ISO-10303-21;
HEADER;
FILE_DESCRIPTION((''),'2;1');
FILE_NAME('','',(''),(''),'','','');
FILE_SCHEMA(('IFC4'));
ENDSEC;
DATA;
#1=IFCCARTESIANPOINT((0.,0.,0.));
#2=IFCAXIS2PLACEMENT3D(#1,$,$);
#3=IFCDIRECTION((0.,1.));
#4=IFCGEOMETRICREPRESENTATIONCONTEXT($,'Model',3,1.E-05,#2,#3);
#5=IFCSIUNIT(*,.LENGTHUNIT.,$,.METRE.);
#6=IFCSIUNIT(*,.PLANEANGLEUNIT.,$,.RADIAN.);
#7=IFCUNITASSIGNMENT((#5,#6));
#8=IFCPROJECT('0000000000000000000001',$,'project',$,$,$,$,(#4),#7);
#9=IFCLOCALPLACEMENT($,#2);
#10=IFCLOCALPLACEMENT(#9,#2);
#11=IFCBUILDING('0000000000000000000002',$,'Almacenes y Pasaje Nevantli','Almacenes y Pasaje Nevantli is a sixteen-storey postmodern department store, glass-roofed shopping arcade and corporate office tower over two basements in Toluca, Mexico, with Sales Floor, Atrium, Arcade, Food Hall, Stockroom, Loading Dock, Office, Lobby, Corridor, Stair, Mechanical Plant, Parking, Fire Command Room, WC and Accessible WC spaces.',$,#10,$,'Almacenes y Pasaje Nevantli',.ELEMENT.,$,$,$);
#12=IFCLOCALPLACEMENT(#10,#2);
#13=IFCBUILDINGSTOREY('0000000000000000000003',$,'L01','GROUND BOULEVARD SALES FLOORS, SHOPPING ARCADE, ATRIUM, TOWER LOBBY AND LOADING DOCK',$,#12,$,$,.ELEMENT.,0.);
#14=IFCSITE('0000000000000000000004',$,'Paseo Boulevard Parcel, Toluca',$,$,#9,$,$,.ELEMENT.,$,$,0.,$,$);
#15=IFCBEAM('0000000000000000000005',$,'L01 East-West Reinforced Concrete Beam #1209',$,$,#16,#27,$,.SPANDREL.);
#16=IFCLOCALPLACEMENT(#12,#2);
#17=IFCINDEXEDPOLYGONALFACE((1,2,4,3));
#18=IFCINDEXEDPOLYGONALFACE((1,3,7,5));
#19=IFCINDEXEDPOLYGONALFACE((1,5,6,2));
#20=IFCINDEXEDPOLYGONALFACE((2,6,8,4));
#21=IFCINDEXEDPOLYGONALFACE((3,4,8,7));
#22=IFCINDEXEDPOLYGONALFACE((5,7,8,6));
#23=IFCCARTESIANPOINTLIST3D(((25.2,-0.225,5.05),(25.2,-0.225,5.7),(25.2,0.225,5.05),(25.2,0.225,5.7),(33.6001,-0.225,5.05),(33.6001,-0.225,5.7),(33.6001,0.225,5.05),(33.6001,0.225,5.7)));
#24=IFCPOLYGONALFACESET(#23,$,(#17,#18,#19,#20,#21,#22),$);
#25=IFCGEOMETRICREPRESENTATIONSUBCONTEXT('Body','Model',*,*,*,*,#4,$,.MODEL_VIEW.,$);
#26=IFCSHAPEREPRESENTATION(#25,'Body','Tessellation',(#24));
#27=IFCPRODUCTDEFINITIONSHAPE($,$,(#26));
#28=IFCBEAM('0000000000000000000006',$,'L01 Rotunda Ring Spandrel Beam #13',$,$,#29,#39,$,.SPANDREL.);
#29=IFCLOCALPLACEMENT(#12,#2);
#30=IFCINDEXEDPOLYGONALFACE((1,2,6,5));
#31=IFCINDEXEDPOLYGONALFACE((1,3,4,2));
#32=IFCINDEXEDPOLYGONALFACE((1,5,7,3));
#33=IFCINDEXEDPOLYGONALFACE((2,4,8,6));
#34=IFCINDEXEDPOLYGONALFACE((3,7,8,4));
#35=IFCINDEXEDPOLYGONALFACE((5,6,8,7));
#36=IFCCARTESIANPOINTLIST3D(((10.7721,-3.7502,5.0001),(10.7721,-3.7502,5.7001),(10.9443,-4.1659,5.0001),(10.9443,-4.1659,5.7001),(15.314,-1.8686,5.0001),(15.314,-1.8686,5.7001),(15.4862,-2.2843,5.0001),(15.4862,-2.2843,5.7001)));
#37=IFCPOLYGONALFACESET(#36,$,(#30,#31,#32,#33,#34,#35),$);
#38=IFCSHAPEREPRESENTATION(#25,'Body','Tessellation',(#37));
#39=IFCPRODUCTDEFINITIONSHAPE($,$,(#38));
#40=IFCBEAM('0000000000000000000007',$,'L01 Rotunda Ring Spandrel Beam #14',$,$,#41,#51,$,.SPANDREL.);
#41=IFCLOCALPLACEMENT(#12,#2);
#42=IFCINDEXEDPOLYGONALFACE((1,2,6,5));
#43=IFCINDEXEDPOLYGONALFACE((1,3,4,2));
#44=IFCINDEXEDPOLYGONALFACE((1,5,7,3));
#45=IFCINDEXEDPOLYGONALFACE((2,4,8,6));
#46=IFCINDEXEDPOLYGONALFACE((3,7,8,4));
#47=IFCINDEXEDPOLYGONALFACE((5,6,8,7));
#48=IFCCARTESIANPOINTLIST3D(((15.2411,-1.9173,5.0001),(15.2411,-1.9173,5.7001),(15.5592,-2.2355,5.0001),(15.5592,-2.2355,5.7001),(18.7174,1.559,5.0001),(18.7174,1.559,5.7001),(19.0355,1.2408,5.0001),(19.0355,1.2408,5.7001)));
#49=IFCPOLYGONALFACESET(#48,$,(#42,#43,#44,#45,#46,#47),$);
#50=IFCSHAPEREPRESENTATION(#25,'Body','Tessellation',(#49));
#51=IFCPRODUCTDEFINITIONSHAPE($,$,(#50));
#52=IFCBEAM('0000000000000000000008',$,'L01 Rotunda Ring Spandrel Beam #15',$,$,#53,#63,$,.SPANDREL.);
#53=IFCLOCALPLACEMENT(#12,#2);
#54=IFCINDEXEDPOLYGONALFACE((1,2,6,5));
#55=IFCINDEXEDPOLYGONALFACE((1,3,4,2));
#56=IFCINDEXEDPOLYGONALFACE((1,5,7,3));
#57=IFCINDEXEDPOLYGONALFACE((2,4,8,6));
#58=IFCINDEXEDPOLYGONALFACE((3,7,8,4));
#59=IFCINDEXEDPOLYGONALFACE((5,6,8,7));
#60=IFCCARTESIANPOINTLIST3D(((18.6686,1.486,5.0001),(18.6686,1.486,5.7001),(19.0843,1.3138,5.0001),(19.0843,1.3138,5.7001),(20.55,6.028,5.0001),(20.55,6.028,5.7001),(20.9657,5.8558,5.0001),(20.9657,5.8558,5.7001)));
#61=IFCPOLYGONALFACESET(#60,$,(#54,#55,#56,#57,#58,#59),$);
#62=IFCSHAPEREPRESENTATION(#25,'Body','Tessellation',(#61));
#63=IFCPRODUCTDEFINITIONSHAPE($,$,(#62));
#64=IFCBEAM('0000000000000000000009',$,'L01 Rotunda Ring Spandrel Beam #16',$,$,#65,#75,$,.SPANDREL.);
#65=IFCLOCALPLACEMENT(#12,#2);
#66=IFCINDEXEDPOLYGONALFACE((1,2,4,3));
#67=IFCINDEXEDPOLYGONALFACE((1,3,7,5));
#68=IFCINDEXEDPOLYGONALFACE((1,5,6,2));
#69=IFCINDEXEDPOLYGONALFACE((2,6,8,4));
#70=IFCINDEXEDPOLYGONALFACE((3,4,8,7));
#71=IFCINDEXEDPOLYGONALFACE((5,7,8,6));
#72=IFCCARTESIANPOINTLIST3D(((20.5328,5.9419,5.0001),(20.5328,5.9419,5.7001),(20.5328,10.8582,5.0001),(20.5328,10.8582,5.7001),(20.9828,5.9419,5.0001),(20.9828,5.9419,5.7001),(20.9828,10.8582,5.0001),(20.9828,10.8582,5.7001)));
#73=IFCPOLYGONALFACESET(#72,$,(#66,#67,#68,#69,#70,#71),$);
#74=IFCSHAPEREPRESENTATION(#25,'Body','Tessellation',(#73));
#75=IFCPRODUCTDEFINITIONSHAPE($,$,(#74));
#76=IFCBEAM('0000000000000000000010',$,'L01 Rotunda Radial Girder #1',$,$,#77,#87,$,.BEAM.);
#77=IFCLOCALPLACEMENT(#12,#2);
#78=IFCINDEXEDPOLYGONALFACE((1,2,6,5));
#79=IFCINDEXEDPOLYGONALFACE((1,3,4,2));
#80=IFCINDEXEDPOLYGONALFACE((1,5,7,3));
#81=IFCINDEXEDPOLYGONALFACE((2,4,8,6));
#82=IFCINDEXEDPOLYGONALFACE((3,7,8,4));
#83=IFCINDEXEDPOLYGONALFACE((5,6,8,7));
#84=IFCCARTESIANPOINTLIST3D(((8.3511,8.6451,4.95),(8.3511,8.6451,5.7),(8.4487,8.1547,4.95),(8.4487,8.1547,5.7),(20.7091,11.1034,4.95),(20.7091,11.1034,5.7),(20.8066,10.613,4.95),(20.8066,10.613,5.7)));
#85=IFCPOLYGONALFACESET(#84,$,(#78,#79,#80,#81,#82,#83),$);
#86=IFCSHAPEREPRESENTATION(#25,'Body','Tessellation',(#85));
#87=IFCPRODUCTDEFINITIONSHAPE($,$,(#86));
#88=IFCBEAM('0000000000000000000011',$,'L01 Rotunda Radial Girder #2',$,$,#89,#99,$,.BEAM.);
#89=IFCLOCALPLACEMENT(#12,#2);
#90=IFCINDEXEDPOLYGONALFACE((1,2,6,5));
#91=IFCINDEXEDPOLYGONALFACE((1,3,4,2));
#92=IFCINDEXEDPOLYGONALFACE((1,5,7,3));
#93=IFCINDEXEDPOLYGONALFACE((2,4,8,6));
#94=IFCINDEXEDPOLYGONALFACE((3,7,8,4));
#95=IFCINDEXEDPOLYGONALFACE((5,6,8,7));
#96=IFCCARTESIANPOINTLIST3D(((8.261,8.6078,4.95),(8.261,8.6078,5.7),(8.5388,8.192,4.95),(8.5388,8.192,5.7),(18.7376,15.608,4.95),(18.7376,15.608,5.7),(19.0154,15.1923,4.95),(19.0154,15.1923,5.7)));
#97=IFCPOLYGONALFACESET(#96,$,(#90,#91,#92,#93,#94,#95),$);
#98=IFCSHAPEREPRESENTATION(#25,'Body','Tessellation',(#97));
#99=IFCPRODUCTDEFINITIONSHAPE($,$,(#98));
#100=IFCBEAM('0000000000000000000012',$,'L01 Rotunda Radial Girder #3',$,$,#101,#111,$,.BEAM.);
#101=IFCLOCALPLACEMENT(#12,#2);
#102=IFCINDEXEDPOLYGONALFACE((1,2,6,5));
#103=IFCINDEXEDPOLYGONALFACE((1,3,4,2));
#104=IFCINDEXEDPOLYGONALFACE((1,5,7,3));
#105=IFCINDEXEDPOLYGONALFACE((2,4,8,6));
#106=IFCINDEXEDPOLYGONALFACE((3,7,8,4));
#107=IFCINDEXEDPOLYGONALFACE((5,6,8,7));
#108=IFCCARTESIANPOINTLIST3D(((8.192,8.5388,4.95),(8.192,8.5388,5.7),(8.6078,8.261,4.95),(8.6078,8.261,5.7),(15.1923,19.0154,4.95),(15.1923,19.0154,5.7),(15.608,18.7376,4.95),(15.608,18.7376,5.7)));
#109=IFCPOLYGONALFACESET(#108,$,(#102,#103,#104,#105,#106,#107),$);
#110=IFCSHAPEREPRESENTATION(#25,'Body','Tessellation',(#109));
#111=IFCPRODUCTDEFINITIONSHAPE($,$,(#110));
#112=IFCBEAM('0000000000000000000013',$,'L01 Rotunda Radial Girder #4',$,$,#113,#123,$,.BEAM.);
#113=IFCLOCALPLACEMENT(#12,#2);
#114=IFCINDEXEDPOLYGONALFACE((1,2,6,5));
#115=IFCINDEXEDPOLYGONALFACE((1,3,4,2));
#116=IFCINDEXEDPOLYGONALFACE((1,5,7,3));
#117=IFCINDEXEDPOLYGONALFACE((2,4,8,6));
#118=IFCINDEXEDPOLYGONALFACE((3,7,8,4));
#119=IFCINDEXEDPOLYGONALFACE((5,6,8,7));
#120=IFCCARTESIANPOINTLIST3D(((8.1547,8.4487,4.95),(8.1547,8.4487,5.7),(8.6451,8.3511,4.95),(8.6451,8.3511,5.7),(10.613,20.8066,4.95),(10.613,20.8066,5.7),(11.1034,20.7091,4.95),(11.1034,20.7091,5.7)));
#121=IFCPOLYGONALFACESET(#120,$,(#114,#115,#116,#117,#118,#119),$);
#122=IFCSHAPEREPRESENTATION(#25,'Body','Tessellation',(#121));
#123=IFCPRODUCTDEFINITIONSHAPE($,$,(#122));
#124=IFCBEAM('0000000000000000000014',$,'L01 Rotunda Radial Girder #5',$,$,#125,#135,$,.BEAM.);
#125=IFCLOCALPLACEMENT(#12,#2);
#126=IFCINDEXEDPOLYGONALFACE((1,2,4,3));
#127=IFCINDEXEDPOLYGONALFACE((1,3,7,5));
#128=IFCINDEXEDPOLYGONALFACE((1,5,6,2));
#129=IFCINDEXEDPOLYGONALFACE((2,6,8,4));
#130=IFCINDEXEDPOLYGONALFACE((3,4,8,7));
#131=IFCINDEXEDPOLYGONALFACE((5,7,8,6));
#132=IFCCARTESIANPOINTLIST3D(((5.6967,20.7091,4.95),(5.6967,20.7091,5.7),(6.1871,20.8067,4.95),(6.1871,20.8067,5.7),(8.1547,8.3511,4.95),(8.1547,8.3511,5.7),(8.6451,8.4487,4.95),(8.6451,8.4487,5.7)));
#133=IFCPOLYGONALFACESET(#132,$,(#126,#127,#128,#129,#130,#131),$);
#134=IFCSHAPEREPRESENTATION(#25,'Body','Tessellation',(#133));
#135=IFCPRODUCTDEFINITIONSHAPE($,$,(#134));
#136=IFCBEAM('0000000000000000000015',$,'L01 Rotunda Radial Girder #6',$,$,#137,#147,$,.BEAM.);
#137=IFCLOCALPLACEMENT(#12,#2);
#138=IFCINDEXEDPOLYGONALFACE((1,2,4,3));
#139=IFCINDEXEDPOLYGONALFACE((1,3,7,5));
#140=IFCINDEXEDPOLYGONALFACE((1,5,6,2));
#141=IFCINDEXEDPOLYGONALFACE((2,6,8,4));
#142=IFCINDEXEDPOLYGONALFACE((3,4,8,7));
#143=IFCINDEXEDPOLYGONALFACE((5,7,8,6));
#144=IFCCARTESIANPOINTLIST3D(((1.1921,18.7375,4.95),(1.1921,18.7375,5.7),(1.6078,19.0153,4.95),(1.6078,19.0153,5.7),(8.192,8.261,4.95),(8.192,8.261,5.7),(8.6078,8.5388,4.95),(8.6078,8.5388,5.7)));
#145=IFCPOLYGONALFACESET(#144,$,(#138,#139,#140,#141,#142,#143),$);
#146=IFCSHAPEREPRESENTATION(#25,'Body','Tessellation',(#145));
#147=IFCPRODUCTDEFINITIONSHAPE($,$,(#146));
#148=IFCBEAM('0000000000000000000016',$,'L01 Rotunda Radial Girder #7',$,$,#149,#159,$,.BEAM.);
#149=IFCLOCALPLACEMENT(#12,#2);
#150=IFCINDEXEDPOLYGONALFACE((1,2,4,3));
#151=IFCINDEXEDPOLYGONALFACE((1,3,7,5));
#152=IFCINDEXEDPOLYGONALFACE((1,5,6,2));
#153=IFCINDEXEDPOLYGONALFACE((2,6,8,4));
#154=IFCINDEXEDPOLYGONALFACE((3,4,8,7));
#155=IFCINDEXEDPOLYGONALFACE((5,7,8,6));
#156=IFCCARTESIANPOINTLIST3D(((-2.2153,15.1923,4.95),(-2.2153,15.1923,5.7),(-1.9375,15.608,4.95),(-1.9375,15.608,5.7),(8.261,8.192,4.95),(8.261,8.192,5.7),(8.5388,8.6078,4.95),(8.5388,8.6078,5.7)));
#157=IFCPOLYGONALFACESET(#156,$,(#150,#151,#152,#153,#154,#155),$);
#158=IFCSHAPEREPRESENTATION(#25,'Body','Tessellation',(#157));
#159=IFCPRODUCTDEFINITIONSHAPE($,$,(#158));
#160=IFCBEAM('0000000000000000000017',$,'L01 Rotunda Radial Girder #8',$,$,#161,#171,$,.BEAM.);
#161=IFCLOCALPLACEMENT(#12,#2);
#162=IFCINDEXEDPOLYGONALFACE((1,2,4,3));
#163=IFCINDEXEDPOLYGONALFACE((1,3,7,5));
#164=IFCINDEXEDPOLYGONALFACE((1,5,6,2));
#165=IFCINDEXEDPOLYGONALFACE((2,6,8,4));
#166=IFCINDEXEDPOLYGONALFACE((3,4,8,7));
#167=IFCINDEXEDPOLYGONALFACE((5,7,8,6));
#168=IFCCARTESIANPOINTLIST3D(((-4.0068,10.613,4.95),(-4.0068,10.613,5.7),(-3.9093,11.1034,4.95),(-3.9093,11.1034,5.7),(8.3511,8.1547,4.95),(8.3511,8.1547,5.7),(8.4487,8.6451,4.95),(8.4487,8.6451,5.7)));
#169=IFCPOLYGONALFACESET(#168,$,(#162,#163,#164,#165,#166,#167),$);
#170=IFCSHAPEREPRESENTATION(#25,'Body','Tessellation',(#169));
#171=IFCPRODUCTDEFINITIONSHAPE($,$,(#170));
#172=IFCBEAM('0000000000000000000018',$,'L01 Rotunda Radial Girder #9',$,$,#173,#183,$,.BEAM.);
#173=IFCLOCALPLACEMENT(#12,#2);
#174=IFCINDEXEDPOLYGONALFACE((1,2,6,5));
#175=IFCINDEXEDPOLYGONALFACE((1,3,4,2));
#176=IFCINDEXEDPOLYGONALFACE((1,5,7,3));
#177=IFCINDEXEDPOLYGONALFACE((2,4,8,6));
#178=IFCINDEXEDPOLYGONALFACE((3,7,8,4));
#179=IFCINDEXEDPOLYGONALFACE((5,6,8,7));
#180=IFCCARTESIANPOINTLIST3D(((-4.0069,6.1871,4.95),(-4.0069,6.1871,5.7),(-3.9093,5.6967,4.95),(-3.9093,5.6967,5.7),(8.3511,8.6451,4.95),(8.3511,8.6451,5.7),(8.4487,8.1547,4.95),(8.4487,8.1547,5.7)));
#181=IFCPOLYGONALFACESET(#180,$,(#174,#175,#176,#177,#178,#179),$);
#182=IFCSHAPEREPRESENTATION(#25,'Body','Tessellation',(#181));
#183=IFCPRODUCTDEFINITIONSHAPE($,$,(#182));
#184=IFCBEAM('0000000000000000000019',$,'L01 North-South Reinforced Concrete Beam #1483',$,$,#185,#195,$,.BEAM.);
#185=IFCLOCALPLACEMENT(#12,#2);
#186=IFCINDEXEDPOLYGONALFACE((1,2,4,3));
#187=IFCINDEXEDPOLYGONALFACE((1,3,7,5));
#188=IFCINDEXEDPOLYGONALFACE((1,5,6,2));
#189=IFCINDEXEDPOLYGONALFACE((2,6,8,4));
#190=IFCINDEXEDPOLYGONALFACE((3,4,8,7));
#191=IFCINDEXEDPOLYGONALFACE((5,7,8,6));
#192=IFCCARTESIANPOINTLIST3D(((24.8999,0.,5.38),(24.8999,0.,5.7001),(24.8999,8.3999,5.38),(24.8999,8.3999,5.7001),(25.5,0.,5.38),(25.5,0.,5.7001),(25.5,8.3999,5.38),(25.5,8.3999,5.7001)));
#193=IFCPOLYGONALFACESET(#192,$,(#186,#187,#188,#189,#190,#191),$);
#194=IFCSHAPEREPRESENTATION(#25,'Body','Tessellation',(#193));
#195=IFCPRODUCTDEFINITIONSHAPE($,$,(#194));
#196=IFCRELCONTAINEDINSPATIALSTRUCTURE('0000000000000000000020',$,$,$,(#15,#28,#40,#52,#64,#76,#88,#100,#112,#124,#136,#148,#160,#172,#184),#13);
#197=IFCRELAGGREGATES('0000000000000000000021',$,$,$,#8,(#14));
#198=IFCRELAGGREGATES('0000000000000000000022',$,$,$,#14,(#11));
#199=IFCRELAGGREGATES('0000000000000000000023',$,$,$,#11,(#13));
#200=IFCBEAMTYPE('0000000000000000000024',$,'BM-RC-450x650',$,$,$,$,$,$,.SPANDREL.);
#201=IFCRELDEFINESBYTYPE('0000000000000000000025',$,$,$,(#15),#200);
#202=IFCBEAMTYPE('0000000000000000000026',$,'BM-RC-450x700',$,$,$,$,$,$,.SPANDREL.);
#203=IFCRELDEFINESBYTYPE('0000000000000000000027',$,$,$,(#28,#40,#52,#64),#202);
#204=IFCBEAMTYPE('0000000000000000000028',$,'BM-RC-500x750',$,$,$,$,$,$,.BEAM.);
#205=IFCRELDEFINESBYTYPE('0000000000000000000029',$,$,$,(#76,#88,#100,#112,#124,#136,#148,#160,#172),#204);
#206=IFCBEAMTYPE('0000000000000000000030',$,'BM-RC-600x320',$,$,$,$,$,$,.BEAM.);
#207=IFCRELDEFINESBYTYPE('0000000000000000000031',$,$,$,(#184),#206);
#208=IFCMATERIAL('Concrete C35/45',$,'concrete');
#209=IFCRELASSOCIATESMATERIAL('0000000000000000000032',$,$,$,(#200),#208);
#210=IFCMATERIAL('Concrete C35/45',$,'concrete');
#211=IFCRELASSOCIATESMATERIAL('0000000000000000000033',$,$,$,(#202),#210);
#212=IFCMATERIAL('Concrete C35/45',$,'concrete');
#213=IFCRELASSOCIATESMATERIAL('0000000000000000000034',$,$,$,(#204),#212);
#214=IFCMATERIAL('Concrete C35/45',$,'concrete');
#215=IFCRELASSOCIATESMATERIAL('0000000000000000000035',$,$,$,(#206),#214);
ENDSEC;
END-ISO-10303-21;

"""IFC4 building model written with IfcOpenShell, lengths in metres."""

from ifc_helpers import new_model, si_unit, direction, frame, origin, origin_2d, place, context, subcontext, project, spatial, rectangle, extrude, material, material_profile, profile_set, type_object, element, save


model = new_model("IFC4")

# Units and contexts
model_context = context("Model", 3, precision=1e-05, world=origin(), true_north=direction((0.0, 1.0)))
body_context = subcontext(model_context, "Body", "Model", "MODEL_VIEW")
ifc_project = project(units=[si_unit("LENGTHUNIT", "METRE"), si_unit("PLANEANGLEUNIT", "RADIAN")], contexts=[model_context])

# Site, building, storey
site_placement = place(None, origin())
site = spatial("IfcSite", under=ifc_project, at=site_placement, Name="Paseo Boulevard Parcel, Toluca", CompositionType="ELEMENT", RefElevation=0.0)
building_placement = place(site_placement, origin())
building = spatial("IfcBuilding", under=site, at=building_placement, Name="Almacenes y Pasaje Nevantli", Description="Almacenes y Pasaje Nevantli is a sixteen-storey postmodern department store, glass-roofed shopping arcade and corporate office tower over two basements in Toluca, Mexico, with Sales Floor, Atrium, Arcade, Food Hall, Stockroom, Loading Dock, Office, Lobby, Corridor, Stair, Mechanical Plant, Parking, Fire Command Room, WC and Accessible WC spaces.", LongName="Almacenes y Pasaje Nevantli", CompositionType="ELEMENT")
storey_placement = place(building_placement, origin())
storey = spatial("IfcBuildingStorey", under=building, at=storey_placement, Name="L01", Description="GROUND BOULEVARD SALES FLOORS, SHOPPING ARCADE, ATRIUM, TOWER LOBBY AND LOADING DOCK", CompositionType="ELEMENT", Elevation=0.0)

# Beams
ifc_material_1 = material(Name="Concrete C35/45", Category="concrete")
ifc_material_profile_1 = material_profile(ifc_material_1, rectangle(XDim=0.45, YDim=0.6499, at=origin_2d()), Name="RC-BM-450x650")
ifc_profile_set_1 = profile_set([ifc_material_profile_1], Name="Concrete C35/45")
beam_type_1 = type_object("IfcBeamType", Name="BM-RC-450x650", PredefinedType="SPANDREL", material=ifc_profile_set_1)
beam_1_placement = place(storey_placement, frame((25.2, 0.0, 5.375), z_axis=(1.0, 0.0, 0.0), x_axis=(0.0, 1.0, 0.0)))
element("IfcBeam", 1, at=beam_1_placement, inside=storey, type_object=beam_type_1, Name="L01 East-West Reinforced Concrete Beam #1209", PredefinedType="SPANDREL", context=body_context, shape_type="SweptSolid", body=[
    extrude(rectangle(XDim=0.45, YDim=0.6499, at=origin_2d()), origin(), (0.0, 0.0, 1.0), 8.4001),
])
ifc_material_2 = material(Name="Concrete C35/45", Category="concrete")
ifc_material_profile_2 = material_profile(ifc_material_2, rectangle(XDim=0.45, YDim=0.7, at=origin_2d()), Name="RC-BM-450x700")
ifc_profile_set_2 = profile_set([ifc_material_profile_2], Name="Concrete C35/45")
beam_type_2 = type_object("IfcBeamType", Name="BM-RC-450x700", PredefinedType="SPANDREL", material=ifc_profile_set_2)
for number, where, z_axis, x_axis, name in (
    (2, (10.8582, -3.958, 5.3501), (0.923862, 0.382725, 0.0), (-0.382725, 0.923862, 0.0), "L01 Rotunda Ring Spandrel Beam #13"),
    (3, (15.4001, -2.0764, 5.3501), (0.707107, 0.707107, 0.0), (-0.707107, 0.707107, 0.0), "L01 Rotunda Ring Spandrel Beam #14"),
    (4, (18.8765, 1.3999, 5.3501), (0.382682, 0.92388, 0.0), (-0.92388, 0.382682, 0.0), "L01 Rotunda Ring Spandrel Beam #15"),
    (5, (20.7578, 5.9419, 5.3501), (0.0, 1.0, 0.0), (-1.0, 0.0, 0.0), "L01 Rotunda Ring Spandrel Beam #16"),
):
    element("IfcBeam", number, at=place(storey_placement, frame(where, z_axis=z_axis, x_axis=x_axis)), inside=storey, type_object=beam_type_2, Name=name, PredefinedType="SPANDREL", context=body_context, shape_type="SweptSolid", body=[
        extrude(rectangle(XDim=0.45, YDim=0.7, at=origin_2d()), origin(), (0.0, 0.0, 1.0), 4.9163),
    ])
ifc_material_3 = material(Name="Concrete C35/45", Category="concrete")
ifc_material_profile_3 = material_profile(ifc_material_3, rectangle(XDim=0.5, YDim=0.75, at=origin_2d()), Name="RC-BM-500x750")
ifc_profile_set_3 = profile_set([ifc_material_profile_3], Name="Concrete C35/45")
beam_type_3 = type_object("IfcBeamType", Name="BM-RC-500x750", PredefinedType="BEAM", material=ifc_profile_set_3)
for number, where, z_axis, x_axis, name in (
    (6, (8.3999, 8.3999, 5.325), (0.980784, 0.195099, 0.0), (-0.195099, 0.980784, 0.0), "L01 Rotunda Radial Girder #1"),
    (7, (8.3999, 8.3999, 5.325), (0.831469, 0.555572, 0.0), (-0.555572, 0.831469, 0.0), "L01 Rotunda Radial Girder #2"),
    (8, (8.3999, 8.3999, 5.325), (0.555572, 0.831469, 0.0), (-0.831469, 0.555572, 0.0), "L01 Rotunda Radial Girder #3"),
    (9, (8.3999, 8.3999, 5.325), (0.195099, 0.980784, 0.0), (-0.980784, 0.195099, 0.0), "L01 Rotunda Radial Girder #4"),
    (10, (8.3999, 8.3999, 5.325), (-0.19508, 0.980787, 0.0), (-0.980787, -0.19508, 0.0), "L01 Rotunda Radial Girder #5"),
):
    element("IfcBeam", number, at=place(storey_placement, frame(where, z_axis=z_axis, x_axis=x_axis)), inside=storey, type_object=beam_type_3, Name=name, PredefinedType="BEAM", context=body_context, shape_type="SweptSolid", body=[
        extrude(rectangle(XDim=0.5, YDim=0.75, at=origin_2d()), origin(), (0.0, 0.0, 1.0), 12.6001),
    ])
for number, where, z_axis, x_axis, name in (
    (11, (8.3999, 8.3999, 5.325), (-0.555558, 0.831478, 0.0), (-0.831478, -0.555558, 0.0), "L01 Rotunda Radial Girder #6"),
    (12, (8.3999, 8.3999, 5.325), (-0.831463, 0.555581, 0.0), (-0.555581, -0.831463, 0.0), "L01 Rotunda Radial Girder #7"),
):
    element("IfcBeam", number, at=place(storey_placement, frame(where, z_axis=z_axis, x_axis=x_axis)), inside=storey, type_object=beam_type_3, Name=name, PredefinedType="BEAM", context=body_context, shape_type="SweptSolid", body=[
        extrude(rectangle(XDim=0.5, YDim=0.75, at=origin_2d()), origin(), (0.0, 0.0, 1.0), 12.5999),
    ])
for number, where, z_axis, x_axis, name in (
    (13, (8.3999, 8.3999, 5.325), (-0.980784, 0.195099, 0.0), (-0.195099, -0.980784, 0.0), "L01 Rotunda Radial Girder #8"),
    (14, (8.3999, 8.3999, 5.325), (-0.980787, -0.19508, 0.0), (0.19508, -0.980787, 0.0), "L01 Rotunda Radial Girder #9"),
):
    element("IfcBeam", number, at=place(storey_placement, frame(where, z_axis=z_axis, x_axis=x_axis)), inside=storey, type_object=beam_type_3, Name=name, PredefinedType="BEAM", context=body_context, shape_type="SweptSolid", body=[
        extrude(rectangle(XDim=0.5, YDim=0.75, at=origin_2d()), origin(), (0.0, 0.0, 1.0), 12.6001),
    ])
ifc_material_4 = material(Name="Concrete C35/45", Category="concrete")
ifc_material_profile_4 = material_profile(ifc_material_4, rectangle(XDim=0.6001, YDim=0.3201, at=origin_2d()), Name="RC-BM-600x320")
ifc_profile_set_4 = profile_set([ifc_material_profile_4], Name="Concrete C35/45")
beam_type_4 = type_object("IfcBeamType", Name="BM-RC-600x320", PredefinedType="BEAM", material=ifc_profile_set_4)
beam_2_placement = place(storey_placement, frame((25.2, 0.0, 5.54), z_axis=(0.0, 1.0, 0.0), x_axis=(-1.0, 0.0, 0.0)))
element("IfcBeam", 15, at=beam_2_placement, inside=storey, type_object=beam_type_4, Name="L01 North-South Reinforced Concrete Beam #1483", PredefinedType="BEAM", context=body_context, shape_type="SweptSolid", body=[
    extrude(rectangle(XDim=0.6001, YDim=0.3201, at=origin_2d()), origin(), (0.0, 0.0, 1.0), 8.3999),
])

save(model, "model.ifc")
